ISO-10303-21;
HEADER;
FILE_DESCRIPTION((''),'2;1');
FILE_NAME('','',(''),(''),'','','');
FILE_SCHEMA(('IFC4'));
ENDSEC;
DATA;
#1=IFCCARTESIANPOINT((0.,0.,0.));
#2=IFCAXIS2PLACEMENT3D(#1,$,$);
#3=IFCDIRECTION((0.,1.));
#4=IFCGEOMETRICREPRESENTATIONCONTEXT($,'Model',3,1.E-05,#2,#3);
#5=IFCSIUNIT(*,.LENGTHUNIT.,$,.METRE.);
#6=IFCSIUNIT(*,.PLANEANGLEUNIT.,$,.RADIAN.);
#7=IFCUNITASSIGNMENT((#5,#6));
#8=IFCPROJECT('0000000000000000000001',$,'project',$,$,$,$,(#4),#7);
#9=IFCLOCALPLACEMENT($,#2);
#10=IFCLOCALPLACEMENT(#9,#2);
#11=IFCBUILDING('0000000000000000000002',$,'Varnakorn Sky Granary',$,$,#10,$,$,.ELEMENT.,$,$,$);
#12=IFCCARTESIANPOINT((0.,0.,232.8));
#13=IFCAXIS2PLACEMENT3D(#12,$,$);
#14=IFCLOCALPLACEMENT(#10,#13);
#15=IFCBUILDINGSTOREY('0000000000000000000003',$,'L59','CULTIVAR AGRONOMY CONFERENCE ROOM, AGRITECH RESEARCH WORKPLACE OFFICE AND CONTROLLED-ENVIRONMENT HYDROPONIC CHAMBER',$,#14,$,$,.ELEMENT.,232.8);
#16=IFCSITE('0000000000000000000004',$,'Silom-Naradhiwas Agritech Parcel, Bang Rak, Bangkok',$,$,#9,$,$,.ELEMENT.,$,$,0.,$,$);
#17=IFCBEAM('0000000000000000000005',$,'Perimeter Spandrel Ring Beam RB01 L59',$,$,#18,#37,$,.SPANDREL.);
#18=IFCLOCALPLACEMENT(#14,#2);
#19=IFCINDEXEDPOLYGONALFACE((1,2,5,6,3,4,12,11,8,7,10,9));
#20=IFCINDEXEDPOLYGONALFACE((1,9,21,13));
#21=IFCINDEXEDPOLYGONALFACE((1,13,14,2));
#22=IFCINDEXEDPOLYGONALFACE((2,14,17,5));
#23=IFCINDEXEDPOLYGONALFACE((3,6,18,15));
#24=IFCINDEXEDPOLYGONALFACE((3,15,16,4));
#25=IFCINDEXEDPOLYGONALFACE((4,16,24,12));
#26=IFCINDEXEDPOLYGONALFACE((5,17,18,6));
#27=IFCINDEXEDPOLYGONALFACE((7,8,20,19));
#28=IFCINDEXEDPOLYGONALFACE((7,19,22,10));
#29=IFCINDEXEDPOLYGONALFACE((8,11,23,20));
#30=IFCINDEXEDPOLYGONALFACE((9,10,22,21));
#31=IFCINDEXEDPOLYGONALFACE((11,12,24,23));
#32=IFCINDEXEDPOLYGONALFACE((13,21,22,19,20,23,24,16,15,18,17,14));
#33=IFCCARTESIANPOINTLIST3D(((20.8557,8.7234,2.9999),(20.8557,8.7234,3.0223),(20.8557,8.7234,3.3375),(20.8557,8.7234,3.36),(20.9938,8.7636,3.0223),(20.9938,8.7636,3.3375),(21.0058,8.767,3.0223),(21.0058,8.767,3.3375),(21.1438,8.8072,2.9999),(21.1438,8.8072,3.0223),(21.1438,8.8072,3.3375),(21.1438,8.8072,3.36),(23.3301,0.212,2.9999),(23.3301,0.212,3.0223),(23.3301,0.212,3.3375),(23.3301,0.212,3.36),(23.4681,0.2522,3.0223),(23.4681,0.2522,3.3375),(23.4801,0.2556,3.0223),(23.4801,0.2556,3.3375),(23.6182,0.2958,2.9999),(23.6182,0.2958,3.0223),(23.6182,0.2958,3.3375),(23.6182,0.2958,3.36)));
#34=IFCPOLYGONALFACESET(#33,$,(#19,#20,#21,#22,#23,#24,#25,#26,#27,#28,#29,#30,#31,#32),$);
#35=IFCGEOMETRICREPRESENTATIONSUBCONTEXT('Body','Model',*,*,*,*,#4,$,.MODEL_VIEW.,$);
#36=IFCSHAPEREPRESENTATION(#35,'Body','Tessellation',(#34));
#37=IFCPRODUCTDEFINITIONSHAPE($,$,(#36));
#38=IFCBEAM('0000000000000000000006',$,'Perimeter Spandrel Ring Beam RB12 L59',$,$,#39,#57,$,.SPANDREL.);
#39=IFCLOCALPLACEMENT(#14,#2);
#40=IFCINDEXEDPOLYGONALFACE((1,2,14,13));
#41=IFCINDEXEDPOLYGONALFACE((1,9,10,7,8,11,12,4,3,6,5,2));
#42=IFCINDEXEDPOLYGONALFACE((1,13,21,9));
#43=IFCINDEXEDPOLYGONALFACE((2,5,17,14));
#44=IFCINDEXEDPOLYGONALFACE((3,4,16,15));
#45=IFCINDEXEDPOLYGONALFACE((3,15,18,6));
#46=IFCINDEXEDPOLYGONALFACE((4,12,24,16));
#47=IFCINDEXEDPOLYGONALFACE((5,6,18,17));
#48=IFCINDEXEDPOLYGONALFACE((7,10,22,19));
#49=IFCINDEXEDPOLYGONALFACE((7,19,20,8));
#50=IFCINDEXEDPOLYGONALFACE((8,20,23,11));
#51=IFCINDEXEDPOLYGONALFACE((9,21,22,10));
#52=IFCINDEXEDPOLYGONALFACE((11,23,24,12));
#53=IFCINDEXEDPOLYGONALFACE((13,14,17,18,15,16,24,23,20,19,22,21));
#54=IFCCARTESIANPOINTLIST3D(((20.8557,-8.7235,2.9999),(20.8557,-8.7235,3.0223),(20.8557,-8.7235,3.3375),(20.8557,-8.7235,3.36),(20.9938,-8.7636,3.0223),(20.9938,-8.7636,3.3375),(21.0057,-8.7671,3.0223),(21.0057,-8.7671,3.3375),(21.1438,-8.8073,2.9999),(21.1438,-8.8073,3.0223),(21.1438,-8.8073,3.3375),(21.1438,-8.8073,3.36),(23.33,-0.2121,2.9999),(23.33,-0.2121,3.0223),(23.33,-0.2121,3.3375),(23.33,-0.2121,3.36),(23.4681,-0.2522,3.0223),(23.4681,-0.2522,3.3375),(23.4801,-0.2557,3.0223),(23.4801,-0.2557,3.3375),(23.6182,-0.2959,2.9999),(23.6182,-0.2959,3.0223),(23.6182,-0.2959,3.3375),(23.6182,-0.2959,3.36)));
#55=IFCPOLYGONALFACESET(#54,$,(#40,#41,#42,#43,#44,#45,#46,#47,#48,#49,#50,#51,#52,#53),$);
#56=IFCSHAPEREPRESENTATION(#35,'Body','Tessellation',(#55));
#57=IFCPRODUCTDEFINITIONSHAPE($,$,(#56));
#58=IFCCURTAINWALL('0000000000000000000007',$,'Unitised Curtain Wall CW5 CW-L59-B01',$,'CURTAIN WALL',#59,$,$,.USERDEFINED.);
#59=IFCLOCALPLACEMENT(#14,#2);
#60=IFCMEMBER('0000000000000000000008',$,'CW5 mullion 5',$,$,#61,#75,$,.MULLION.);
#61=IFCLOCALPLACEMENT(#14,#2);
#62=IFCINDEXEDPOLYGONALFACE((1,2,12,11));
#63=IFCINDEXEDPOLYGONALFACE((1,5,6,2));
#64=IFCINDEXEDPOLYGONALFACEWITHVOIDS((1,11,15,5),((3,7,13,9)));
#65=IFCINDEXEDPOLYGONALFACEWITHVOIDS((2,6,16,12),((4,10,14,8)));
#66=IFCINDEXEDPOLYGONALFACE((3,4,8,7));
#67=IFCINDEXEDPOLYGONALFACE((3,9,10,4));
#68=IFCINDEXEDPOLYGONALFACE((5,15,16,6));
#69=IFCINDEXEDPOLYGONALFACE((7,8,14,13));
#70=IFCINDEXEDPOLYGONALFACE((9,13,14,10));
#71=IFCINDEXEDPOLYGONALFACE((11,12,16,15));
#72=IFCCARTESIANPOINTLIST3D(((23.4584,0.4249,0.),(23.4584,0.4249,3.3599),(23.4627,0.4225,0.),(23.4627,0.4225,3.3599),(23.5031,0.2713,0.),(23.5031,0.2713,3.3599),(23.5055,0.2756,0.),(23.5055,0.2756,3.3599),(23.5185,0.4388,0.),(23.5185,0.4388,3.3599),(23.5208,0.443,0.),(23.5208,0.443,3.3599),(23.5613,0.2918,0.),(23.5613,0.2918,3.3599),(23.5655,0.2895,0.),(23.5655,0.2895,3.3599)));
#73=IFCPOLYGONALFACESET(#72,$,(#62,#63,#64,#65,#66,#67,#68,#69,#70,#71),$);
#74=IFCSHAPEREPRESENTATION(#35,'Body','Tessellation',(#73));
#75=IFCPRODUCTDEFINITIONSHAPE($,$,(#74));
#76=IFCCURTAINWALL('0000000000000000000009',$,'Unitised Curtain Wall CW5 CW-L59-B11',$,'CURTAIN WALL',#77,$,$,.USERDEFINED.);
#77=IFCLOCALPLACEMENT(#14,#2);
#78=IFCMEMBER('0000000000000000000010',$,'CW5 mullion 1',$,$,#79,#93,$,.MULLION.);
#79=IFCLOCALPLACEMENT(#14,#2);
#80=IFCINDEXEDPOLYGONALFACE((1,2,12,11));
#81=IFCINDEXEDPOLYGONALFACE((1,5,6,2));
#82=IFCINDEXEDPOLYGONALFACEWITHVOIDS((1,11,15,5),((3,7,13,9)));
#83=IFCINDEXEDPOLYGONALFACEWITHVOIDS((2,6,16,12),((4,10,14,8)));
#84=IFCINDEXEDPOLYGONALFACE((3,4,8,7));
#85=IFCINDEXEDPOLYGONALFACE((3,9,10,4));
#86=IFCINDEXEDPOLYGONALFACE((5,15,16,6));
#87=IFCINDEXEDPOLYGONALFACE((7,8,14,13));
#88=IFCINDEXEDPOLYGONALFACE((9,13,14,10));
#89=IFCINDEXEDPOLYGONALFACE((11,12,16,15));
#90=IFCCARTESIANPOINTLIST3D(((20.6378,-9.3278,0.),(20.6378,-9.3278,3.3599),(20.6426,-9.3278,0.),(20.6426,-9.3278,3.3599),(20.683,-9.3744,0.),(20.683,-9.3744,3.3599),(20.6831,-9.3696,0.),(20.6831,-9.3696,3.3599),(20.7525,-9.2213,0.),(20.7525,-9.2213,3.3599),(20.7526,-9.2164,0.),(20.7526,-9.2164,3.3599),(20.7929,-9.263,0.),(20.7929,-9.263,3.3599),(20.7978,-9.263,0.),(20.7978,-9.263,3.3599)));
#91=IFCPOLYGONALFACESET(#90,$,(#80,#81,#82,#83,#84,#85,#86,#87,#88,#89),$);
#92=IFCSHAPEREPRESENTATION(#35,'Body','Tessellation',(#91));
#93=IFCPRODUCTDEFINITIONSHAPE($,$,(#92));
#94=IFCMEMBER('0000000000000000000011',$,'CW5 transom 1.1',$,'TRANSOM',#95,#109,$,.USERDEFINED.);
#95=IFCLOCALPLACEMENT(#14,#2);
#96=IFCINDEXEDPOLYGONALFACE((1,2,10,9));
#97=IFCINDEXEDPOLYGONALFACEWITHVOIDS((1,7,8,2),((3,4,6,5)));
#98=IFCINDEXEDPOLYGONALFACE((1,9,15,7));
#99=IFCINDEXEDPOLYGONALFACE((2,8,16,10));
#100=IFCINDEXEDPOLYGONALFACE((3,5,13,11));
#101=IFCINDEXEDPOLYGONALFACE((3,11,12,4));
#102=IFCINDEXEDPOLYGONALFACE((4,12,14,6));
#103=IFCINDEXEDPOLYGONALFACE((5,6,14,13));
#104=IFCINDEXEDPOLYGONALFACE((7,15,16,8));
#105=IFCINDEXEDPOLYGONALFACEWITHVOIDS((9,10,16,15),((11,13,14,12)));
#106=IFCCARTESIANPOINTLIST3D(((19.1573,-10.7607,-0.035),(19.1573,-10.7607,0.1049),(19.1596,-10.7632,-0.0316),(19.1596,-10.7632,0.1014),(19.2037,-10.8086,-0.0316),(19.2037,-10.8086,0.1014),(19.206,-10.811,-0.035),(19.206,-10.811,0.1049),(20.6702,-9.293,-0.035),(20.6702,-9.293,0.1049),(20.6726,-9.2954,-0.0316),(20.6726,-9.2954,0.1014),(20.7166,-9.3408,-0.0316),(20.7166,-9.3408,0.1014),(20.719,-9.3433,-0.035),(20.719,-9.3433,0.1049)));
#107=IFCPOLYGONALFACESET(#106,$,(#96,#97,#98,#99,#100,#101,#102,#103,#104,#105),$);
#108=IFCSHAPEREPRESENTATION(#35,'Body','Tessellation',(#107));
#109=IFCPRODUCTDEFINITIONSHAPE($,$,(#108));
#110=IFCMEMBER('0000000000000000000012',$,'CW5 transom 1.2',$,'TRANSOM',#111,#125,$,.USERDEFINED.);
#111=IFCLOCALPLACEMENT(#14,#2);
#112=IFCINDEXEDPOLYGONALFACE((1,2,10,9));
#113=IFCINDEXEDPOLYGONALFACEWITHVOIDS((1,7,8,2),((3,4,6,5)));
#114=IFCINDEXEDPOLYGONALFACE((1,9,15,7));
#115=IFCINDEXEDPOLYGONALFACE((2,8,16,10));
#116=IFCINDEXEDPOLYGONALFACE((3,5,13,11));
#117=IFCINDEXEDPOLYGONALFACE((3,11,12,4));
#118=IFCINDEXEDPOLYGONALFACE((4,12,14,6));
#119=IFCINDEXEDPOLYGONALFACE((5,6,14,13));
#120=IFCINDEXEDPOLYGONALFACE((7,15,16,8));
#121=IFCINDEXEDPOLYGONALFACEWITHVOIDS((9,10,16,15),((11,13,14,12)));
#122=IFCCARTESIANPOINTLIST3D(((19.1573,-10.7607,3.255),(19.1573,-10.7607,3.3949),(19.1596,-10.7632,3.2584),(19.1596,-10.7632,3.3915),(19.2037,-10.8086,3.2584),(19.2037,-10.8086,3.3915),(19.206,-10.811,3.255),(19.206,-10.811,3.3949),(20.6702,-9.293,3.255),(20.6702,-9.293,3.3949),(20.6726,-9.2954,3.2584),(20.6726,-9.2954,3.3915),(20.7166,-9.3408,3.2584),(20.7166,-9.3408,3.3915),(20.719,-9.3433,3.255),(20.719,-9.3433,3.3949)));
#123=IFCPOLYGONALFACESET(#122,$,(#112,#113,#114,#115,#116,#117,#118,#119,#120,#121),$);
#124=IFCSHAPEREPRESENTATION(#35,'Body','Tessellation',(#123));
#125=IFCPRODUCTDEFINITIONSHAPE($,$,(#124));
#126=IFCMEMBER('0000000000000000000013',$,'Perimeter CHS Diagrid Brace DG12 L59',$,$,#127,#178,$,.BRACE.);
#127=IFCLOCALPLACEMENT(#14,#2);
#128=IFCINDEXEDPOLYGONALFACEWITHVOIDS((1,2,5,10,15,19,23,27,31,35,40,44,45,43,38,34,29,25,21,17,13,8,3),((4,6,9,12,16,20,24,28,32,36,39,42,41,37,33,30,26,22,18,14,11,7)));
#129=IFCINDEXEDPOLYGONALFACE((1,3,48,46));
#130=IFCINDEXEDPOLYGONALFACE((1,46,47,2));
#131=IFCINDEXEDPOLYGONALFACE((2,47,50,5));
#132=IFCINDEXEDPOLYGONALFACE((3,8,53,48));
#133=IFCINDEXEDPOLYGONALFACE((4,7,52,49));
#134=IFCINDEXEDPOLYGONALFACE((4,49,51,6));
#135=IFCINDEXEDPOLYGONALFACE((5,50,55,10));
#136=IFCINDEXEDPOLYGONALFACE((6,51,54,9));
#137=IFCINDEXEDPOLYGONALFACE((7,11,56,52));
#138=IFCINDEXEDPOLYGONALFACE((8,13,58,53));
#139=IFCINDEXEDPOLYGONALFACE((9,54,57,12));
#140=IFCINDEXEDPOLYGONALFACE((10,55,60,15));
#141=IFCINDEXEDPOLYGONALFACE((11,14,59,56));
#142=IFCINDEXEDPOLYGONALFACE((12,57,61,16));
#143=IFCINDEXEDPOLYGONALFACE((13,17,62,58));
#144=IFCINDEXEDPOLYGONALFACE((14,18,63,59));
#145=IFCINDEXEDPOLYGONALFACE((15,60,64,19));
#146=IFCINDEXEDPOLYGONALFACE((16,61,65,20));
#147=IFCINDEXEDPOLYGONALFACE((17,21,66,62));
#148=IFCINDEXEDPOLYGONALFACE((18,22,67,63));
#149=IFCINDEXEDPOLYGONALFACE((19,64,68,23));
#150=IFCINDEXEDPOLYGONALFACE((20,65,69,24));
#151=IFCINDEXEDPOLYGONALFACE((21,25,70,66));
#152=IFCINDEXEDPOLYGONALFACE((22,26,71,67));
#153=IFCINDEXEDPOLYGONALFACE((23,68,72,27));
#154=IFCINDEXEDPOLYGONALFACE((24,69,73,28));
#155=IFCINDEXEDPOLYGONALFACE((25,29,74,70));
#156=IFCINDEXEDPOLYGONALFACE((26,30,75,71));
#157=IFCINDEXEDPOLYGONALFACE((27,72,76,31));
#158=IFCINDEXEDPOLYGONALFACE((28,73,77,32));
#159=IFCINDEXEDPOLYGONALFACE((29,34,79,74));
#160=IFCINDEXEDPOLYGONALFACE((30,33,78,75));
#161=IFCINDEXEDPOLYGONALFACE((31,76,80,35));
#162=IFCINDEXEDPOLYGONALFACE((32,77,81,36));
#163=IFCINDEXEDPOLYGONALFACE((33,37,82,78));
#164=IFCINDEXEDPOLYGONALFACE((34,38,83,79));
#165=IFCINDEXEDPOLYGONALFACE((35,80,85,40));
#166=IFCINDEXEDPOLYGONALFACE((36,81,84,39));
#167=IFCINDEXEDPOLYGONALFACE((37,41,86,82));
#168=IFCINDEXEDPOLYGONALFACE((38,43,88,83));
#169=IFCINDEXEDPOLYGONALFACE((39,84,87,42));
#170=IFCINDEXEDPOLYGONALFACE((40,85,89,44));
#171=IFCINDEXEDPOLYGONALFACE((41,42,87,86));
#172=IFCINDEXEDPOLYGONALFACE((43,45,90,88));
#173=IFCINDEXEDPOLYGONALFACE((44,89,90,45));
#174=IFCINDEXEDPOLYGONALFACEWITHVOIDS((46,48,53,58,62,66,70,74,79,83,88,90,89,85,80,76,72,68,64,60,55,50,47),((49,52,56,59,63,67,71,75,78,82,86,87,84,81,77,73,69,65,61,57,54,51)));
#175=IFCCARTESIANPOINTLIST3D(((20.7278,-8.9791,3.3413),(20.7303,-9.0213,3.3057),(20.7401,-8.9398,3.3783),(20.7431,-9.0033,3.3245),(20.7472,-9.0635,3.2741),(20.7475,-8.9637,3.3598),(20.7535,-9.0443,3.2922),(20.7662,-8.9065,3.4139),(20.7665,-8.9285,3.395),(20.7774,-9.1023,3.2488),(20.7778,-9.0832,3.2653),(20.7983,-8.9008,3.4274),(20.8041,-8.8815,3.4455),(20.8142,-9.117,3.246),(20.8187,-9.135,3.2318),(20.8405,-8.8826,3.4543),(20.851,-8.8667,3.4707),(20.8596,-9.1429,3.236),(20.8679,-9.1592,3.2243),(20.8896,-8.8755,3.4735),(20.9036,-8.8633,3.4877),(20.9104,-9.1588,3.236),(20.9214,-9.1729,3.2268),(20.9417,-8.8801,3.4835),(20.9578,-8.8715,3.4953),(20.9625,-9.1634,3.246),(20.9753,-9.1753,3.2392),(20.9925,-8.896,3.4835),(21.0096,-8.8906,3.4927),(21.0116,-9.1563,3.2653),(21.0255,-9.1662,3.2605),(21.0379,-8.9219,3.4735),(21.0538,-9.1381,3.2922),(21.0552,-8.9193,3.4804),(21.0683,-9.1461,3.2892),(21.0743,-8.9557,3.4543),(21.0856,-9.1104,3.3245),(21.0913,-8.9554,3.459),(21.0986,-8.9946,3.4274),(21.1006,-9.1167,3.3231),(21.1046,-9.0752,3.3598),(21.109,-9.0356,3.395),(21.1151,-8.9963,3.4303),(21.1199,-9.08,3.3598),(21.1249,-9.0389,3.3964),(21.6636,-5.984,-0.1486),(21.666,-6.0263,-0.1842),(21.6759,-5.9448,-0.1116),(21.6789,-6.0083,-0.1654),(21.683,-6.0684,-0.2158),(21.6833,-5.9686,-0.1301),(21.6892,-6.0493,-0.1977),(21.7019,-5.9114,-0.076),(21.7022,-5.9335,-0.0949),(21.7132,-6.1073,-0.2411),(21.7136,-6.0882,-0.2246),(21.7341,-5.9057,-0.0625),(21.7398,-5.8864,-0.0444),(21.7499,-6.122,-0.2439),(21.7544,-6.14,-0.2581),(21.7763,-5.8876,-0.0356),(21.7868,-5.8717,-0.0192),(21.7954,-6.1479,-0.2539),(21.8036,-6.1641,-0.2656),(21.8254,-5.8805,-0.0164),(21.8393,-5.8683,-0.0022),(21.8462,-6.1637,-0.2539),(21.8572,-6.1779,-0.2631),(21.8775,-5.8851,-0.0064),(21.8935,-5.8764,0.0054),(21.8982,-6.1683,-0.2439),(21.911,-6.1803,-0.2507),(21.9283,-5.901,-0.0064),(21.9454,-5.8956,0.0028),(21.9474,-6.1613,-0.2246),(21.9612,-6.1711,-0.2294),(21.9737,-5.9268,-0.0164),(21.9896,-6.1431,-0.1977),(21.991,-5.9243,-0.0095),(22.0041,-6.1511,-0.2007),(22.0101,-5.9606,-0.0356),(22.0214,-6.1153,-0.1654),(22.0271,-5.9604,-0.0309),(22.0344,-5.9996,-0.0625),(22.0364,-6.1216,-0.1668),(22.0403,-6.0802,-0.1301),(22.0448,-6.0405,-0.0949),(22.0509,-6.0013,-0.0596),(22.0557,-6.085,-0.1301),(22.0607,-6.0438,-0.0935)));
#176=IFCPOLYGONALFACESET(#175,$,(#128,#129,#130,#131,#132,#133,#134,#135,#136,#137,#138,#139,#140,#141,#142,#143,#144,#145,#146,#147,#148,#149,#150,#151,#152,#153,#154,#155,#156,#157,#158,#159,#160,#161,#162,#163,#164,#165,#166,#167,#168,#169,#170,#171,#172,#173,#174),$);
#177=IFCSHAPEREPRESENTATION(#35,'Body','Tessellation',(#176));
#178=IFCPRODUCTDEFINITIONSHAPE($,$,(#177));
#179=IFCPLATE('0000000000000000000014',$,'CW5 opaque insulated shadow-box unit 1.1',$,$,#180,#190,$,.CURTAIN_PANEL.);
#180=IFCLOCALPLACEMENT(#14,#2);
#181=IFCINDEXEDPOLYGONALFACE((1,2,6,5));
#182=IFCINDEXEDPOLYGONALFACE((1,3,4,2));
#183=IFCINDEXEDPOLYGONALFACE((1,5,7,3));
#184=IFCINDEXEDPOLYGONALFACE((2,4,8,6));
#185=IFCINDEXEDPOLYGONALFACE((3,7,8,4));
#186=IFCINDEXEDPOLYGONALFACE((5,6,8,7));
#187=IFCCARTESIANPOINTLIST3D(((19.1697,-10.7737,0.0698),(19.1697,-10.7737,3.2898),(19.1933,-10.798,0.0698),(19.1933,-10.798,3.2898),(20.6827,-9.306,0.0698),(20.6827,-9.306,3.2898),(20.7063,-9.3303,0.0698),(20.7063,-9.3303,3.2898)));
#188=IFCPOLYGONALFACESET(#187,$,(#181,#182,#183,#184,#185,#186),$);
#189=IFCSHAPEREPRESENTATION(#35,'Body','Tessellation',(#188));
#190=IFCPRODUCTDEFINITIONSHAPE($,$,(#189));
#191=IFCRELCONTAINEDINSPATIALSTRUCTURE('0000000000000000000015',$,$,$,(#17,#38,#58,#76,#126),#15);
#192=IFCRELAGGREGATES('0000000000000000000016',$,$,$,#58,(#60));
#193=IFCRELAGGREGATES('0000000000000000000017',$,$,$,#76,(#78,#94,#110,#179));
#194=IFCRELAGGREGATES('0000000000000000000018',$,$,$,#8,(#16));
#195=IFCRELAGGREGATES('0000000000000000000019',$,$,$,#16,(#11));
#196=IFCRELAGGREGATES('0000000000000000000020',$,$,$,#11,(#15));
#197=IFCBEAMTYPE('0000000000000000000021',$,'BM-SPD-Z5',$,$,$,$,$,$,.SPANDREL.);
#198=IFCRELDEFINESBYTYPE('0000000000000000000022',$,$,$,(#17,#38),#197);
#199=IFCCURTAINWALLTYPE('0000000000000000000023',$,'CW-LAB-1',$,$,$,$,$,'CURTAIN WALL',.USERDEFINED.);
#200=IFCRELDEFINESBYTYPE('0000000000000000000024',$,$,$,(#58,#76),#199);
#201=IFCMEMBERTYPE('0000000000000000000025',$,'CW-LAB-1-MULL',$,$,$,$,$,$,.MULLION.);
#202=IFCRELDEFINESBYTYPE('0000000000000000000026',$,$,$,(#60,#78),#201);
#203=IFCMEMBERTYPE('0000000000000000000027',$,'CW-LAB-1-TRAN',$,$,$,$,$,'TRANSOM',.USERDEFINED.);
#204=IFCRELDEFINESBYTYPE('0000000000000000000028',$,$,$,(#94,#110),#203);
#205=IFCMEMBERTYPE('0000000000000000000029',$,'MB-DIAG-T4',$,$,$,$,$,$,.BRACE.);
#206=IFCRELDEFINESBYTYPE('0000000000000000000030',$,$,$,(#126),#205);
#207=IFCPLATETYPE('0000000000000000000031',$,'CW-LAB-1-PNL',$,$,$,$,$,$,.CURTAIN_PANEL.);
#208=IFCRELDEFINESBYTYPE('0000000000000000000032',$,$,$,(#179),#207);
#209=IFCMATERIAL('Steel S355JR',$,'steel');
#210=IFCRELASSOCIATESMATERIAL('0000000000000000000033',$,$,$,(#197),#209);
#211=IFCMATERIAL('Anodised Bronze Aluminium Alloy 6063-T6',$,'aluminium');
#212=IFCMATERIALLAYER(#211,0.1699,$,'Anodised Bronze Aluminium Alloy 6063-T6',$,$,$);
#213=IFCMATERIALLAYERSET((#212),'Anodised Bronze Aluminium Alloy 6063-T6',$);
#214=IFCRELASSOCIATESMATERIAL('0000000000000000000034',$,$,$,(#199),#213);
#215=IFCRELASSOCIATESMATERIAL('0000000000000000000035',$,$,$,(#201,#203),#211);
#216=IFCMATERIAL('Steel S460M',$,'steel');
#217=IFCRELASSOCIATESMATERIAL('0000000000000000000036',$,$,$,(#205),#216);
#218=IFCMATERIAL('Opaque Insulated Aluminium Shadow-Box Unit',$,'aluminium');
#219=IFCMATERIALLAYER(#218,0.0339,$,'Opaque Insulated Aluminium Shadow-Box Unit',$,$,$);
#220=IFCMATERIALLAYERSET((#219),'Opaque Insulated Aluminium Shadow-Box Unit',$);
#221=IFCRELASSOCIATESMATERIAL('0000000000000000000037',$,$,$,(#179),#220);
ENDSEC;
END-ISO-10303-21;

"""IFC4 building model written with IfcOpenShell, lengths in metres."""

from ifc_helpers import new_model, si_unit, direction, frame, origin, origin_2d, place, context, subcontext, project, spatial, rectangle, hollow_rectangle, hollow_circle, i_section, extrude, source, transform, mapped, material, layer, layer_set, material_profile, profile_set, type_object, type_shapes, element, aggregate, save


model = new_model("IFC4")

# Units and contexts
model_context = context("Model", 3, precision=1e-05, world=origin(), true_north=direction((0.0, 1.0)))
body_context = subcontext(model_context, "Body", "Model", "MODEL_VIEW")
ifc_project = project(units=[si_unit("LENGTHUNIT", "METRE"), si_unit("PLANEANGLEUNIT", "RADIAN")], contexts=[model_context])

# Site, building, storey
site_placement = place(None, origin())
site = spatial("IfcSite", under=ifc_project, at=site_placement, Name="Silom-Naradhiwas Agritech Parcel, Bang Rak, Bangkok", CompositionType="ELEMENT", RefElevation=0.0)
building_placement = place(site_placement, origin())
building = spatial("IfcBuilding", under=site, at=building_placement, Name="Varnakorn Sky Granary", CompositionType="ELEMENT")
storey_placement = place(building_placement, frame((0.0, 0.0, 232.8)))
storey = spatial("IfcBuildingStorey", under=building, at=storey_placement, Name="L59", Description="CULTIVAR AGRONOMY CONFERENCE ROOM, AGRITECH RESEARCH WORKPLACE OFFICE AND CONTROLLED-ENVIRONMENT HYDROPONIC CHAMBER", CompositionType="ELEMENT", Elevation=232.8)

# Shared definitions
ifc_material_1 = material(Name="Steel S460M", Category="steel")

# Beams
ifc_material_2 = material(Name="Steel S355JR", Category="steel")
ifc_material_profile_1 = material_profile(ifc_material_2, i_section(OverallWidth=0.3, OverallDepth=0.3601, WebThickness=0.0125, FlangeThickness=0.0225, at=origin_2d()), Name="HE 360 B")
ifc_profile_set_1 = profile_set([ifc_material_profile_1], Name="Steel S355JR")
beam_type_1 = type_object("IfcBeamType", Name="BM-SPD-Z5", PredefinedType="SPANDREL", material=ifc_profile_set_1)
for number, where, z_axis, x_axis, name in (
    (1, (23.4741, 0.2539, 3.1799), (-0.279153, 0.960247, 0.0), (-0.960247, -0.279153, 0.0), "Perimeter Spandrel Ring Beam RB01 L59"),
    (2, (20.9998, -8.7654, 3.1799), (0.279153, 0.960247, 0.0), (-0.960247, 0.279153, 0.0), "Perimeter Spandrel Ring Beam RB12 L59"),
):
    element("IfcBeam", number, at=place(storey_placement, frame(where, z_axis=z_axis, x_axis=x_axis)), inside=storey, type_object=beam_type_1, Name=name, PredefinedType="SPANDREL", context=body_context, shape_type="SweptSolid", body=[
        extrude(i_section(OverallWidth=0.3, OverallDepth=0.3601, WebThickness=0.0125, FlangeThickness=0.0225, at=origin_2d()), origin(), (0.0, 0.0, 1.0), 8.8638),
    ])

# Curtain wall, member
ifc_material_3 = material(Name="Anodised Bronze Aluminium Alloy 6063-T6", Category="aluminium")
ifc_layer_1 = layer(ifc_material_3, 0.1699, Name="Anodised Bronze Aluminium Alloy 6063-T6")
ifc_layer_set_1 = layer_set([ifc_layer_1], Name="Anodised Bronze Aluminium Alloy 6063-T6")
curtain_wall_type = type_object("IfcCurtainWallType", Name="CW-LAB-1", ElementType="CURTAIN WALL", PredefinedType="USERDEFINED", material=ifc_layer_set_1)
curtain_wall_1_placement = place(storey_placement, origin())
curtain_wall_1 = element("IfcCurtainWall", 3, at=curtain_wall_1_placement, inside=storey, type_object=curtain_wall_type, Name="Unitised Curtain Wall CW5 CW-L59-B01", ObjectType="CURTAIN WALL", PredefinedType="USERDEFINED")
ifc_material_profile_2 = material_profile(ifc_material_3, hollow_rectangle(XDim=0.0649, YDim=0.1599, WallThickness=0.0034, at=origin_2d()), Name="ALU MULL 65x160")
ifc_profile_set_2 = profile_set([ifc_material_profile_2], Name="Anodised Bronze Aluminium Alloy 6063-T6")
member_type_1 = type_object("IfcMemberType", Name="CW-LAB-1-MULL", PredefinedType="MULLION", material=ifc_profile_set_2)
member_1_placement = place(storey_placement, frame((23.512, 0.3572, 0.0), z_axis=(0.0, 0.0, 1.0), x_axis=(0.960129, 0.279559, 0.0)))
member_1 = element("IfcMember", 4, at=member_1_placement, type_object=member_type_1, Name="CW5 mullion 5", PredefinedType="MULLION", context=body_context, shape_type="SweptSolid", body=[
    extrude(hollow_rectangle(XDim=0.0649, YDim=0.1599, WallThickness=0.0034, at=origin_2d()), origin(), (0.0, 0.0, 1.0), 3.3599),
])
aggregate(curtain_wall_1, [member_1])

# Curtain wall, members
curtain_wall_2_placement = place(storey_placement, origin())
curtain_wall_2 = element("IfcCurtainWall", 5, at=curtain_wall_2_placement, inside=storey, type_object=curtain_wall_type, Name="Unitised Curtain Wall CW5 CW-L59-B11", ObjectType="CURTAIN WALL", PredefinedType="USERDEFINED")
member_2_placement = place(storey_placement, frame((20.7178, -9.2954, 0.0), z_axis=(0.0, 0.0, 1.0), x_axis=(0.696279, -0.717771, 0.0)))
member_2 = element("IfcMember", 6, at=member_2_placement, type_object=member_type_1, Name="CW5 mullion 1", PredefinedType="MULLION", context=body_context, shape_type="SweptSolid", body=[
    extrude(hollow_rectangle(XDim=0.0649, YDim=0.1599, WallThickness=0.0034, at=origin_2d()), origin(), (0.0, 0.0, 1.0), 3.3599),
])
ifc_material_profile_3 = material_profile(ifc_material_3, hollow_rectangle(XDim=0.0701, YDim=0.1399, WallThickness=0.0034, at=origin_2d()), Name="ALU TRAN 70x140")
ifc_profile_set_3 = profile_set([ifc_material_profile_3], Name="Anodised Bronze Aluminium Alloy 6063-T6")
member_type_2 = type_object("IfcMemberType", Name="CW-LAB-1-TRAN", ElementType="TRANSOM", PredefinedType="USERDEFINED", material=ifc_profile_set_3)
member_3_placement = place(storey_placement, frame((20.6946, -9.3181, 0.0349), z_axis=(-0.717739, -0.696312, 0.0), x_axis=(0.696312, -0.717739, 0.0)))
member_3 = element("IfcMember", 7, at=member_3_placement, type_object=member_type_2, Name="CW5 transom 1.1", ObjectType="TRANSOM", PredefinedType="USERDEFINED", context=body_context, shape_type="SweptSolid", body=[
    extrude(hollow_rectangle(XDim=0.0701, YDim=0.1399, WallThickness=0.0034, at=origin_2d()), origin(), (0.0, 0.0, 1.0), 2.1079),
])
member_4_placement = place(storey_placement, frame((20.6946, -9.3181, 3.325), z_axis=(-0.717739, -0.696312, 0.0), x_axis=(0.696312, -0.717739, 0.0)))
member_4 = element("IfcMember", 8, at=member_4_placement, type_object=member_type_2, Name="CW5 transom 1.2", ObjectType="TRANSOM", PredefinedType="USERDEFINED", context=body_context, shape_type="SweptSolid", body=[
    extrude(hollow_rectangle(XDim=0.0701, YDim=0.1399, WallThickness=0.0034, at=origin_2d()), origin(), (0.0, 0.0, 1.0), 2.1079),
])

# Member
ifc_material_profile_4 = material_profile(ifc_material_1, hollow_circle(Radius=0.2031, WallThickness=0.0161, at=origin_2d()), Name="CHS 406.4x16")
ifc_profile_set_4 = profile_set([ifc_material_profile_4], Name="Steel S460M")
member_type_3 = type_object("IfcMemberType", Name="MB-DIAG-T4", PredefinedType="BRACE", material=ifc_profile_set_4)
member_5_placement = place(storey_placement, frame((21.8618, -6.0244, -0.1301), z_axis=(-0.199391, -0.638177, 0.743621), x_axis=(0.954497, -0.298222, 0.0)))
element("IfcMember", 9, at=member_5_placement, inside=storey, type_object=member_type_3, Name="Perimeter CHS Diagrid Brace DG12 L59", PredefinedType="BRACE", context=body_context, shape_type="SweptSolid", body=[
    extrude(hollow_circle(Radius=0.2031, WallThickness=0.0161, at=origin_2d()), origin(), (0.0, 0.0, 1.0), 4.6931),
])

# Plate
ifc_material_4 = material(Name="Opaque Insulated Aluminium Shadow-Box Unit", Category="aluminium")
ifc_layer_2 = layer(ifc_material_4, 0.0339, Name="Opaque Insulated Aluminium Shadow-Box Unit")
ifc_layer_set_2 = layer_set([ifc_layer_2], Name="Opaque Insulated Aluminium Shadow-Box Unit")
plate_type = type_object("IfcPlateType", Name="CW-LAB-1-PNL", PredefinedType="CURTAIN_PANEL")
shared_shape_1 = source(origin(), body_context, "Body", "SweptSolid", [
    extrude(rectangle(XDim=2.1079, YDim=0.0339, at=origin_2d()), origin(), (0.0, 0.0, 1.0), 3.22),
])
type_shapes(plate_type, [shared_shape_1])
plate_placement = place(storey_placement, frame((19.938, -10.052, 0.0698), z_axis=(0.0, 0.0, 1.0), x_axis=(-0.717771, -0.696279, 0.0)))
plate = element("IfcPlate", 10, at=plate_placement, type_object=plate_type, material=ifc_layer_set_2, Name="CW5 opaque insulated shadow-box unit 1.1", PredefinedType="CURTAIN_PANEL", context=body_context, shape_type="MappedRepresentation", body=[
    mapped(shared_shape_1, transform((0.0, 0.0, 0.0), x_axis=(1.0, 0.0, 0.0), y_axis=(0.0, 1.0, 0.0), z_axis=(0.0, 0.0, 1.0), scale=1.0)),
])
aggregate(curtain_wall_2, [member_2, member_3, member_4, plate])

save(model, "model.ifc")
